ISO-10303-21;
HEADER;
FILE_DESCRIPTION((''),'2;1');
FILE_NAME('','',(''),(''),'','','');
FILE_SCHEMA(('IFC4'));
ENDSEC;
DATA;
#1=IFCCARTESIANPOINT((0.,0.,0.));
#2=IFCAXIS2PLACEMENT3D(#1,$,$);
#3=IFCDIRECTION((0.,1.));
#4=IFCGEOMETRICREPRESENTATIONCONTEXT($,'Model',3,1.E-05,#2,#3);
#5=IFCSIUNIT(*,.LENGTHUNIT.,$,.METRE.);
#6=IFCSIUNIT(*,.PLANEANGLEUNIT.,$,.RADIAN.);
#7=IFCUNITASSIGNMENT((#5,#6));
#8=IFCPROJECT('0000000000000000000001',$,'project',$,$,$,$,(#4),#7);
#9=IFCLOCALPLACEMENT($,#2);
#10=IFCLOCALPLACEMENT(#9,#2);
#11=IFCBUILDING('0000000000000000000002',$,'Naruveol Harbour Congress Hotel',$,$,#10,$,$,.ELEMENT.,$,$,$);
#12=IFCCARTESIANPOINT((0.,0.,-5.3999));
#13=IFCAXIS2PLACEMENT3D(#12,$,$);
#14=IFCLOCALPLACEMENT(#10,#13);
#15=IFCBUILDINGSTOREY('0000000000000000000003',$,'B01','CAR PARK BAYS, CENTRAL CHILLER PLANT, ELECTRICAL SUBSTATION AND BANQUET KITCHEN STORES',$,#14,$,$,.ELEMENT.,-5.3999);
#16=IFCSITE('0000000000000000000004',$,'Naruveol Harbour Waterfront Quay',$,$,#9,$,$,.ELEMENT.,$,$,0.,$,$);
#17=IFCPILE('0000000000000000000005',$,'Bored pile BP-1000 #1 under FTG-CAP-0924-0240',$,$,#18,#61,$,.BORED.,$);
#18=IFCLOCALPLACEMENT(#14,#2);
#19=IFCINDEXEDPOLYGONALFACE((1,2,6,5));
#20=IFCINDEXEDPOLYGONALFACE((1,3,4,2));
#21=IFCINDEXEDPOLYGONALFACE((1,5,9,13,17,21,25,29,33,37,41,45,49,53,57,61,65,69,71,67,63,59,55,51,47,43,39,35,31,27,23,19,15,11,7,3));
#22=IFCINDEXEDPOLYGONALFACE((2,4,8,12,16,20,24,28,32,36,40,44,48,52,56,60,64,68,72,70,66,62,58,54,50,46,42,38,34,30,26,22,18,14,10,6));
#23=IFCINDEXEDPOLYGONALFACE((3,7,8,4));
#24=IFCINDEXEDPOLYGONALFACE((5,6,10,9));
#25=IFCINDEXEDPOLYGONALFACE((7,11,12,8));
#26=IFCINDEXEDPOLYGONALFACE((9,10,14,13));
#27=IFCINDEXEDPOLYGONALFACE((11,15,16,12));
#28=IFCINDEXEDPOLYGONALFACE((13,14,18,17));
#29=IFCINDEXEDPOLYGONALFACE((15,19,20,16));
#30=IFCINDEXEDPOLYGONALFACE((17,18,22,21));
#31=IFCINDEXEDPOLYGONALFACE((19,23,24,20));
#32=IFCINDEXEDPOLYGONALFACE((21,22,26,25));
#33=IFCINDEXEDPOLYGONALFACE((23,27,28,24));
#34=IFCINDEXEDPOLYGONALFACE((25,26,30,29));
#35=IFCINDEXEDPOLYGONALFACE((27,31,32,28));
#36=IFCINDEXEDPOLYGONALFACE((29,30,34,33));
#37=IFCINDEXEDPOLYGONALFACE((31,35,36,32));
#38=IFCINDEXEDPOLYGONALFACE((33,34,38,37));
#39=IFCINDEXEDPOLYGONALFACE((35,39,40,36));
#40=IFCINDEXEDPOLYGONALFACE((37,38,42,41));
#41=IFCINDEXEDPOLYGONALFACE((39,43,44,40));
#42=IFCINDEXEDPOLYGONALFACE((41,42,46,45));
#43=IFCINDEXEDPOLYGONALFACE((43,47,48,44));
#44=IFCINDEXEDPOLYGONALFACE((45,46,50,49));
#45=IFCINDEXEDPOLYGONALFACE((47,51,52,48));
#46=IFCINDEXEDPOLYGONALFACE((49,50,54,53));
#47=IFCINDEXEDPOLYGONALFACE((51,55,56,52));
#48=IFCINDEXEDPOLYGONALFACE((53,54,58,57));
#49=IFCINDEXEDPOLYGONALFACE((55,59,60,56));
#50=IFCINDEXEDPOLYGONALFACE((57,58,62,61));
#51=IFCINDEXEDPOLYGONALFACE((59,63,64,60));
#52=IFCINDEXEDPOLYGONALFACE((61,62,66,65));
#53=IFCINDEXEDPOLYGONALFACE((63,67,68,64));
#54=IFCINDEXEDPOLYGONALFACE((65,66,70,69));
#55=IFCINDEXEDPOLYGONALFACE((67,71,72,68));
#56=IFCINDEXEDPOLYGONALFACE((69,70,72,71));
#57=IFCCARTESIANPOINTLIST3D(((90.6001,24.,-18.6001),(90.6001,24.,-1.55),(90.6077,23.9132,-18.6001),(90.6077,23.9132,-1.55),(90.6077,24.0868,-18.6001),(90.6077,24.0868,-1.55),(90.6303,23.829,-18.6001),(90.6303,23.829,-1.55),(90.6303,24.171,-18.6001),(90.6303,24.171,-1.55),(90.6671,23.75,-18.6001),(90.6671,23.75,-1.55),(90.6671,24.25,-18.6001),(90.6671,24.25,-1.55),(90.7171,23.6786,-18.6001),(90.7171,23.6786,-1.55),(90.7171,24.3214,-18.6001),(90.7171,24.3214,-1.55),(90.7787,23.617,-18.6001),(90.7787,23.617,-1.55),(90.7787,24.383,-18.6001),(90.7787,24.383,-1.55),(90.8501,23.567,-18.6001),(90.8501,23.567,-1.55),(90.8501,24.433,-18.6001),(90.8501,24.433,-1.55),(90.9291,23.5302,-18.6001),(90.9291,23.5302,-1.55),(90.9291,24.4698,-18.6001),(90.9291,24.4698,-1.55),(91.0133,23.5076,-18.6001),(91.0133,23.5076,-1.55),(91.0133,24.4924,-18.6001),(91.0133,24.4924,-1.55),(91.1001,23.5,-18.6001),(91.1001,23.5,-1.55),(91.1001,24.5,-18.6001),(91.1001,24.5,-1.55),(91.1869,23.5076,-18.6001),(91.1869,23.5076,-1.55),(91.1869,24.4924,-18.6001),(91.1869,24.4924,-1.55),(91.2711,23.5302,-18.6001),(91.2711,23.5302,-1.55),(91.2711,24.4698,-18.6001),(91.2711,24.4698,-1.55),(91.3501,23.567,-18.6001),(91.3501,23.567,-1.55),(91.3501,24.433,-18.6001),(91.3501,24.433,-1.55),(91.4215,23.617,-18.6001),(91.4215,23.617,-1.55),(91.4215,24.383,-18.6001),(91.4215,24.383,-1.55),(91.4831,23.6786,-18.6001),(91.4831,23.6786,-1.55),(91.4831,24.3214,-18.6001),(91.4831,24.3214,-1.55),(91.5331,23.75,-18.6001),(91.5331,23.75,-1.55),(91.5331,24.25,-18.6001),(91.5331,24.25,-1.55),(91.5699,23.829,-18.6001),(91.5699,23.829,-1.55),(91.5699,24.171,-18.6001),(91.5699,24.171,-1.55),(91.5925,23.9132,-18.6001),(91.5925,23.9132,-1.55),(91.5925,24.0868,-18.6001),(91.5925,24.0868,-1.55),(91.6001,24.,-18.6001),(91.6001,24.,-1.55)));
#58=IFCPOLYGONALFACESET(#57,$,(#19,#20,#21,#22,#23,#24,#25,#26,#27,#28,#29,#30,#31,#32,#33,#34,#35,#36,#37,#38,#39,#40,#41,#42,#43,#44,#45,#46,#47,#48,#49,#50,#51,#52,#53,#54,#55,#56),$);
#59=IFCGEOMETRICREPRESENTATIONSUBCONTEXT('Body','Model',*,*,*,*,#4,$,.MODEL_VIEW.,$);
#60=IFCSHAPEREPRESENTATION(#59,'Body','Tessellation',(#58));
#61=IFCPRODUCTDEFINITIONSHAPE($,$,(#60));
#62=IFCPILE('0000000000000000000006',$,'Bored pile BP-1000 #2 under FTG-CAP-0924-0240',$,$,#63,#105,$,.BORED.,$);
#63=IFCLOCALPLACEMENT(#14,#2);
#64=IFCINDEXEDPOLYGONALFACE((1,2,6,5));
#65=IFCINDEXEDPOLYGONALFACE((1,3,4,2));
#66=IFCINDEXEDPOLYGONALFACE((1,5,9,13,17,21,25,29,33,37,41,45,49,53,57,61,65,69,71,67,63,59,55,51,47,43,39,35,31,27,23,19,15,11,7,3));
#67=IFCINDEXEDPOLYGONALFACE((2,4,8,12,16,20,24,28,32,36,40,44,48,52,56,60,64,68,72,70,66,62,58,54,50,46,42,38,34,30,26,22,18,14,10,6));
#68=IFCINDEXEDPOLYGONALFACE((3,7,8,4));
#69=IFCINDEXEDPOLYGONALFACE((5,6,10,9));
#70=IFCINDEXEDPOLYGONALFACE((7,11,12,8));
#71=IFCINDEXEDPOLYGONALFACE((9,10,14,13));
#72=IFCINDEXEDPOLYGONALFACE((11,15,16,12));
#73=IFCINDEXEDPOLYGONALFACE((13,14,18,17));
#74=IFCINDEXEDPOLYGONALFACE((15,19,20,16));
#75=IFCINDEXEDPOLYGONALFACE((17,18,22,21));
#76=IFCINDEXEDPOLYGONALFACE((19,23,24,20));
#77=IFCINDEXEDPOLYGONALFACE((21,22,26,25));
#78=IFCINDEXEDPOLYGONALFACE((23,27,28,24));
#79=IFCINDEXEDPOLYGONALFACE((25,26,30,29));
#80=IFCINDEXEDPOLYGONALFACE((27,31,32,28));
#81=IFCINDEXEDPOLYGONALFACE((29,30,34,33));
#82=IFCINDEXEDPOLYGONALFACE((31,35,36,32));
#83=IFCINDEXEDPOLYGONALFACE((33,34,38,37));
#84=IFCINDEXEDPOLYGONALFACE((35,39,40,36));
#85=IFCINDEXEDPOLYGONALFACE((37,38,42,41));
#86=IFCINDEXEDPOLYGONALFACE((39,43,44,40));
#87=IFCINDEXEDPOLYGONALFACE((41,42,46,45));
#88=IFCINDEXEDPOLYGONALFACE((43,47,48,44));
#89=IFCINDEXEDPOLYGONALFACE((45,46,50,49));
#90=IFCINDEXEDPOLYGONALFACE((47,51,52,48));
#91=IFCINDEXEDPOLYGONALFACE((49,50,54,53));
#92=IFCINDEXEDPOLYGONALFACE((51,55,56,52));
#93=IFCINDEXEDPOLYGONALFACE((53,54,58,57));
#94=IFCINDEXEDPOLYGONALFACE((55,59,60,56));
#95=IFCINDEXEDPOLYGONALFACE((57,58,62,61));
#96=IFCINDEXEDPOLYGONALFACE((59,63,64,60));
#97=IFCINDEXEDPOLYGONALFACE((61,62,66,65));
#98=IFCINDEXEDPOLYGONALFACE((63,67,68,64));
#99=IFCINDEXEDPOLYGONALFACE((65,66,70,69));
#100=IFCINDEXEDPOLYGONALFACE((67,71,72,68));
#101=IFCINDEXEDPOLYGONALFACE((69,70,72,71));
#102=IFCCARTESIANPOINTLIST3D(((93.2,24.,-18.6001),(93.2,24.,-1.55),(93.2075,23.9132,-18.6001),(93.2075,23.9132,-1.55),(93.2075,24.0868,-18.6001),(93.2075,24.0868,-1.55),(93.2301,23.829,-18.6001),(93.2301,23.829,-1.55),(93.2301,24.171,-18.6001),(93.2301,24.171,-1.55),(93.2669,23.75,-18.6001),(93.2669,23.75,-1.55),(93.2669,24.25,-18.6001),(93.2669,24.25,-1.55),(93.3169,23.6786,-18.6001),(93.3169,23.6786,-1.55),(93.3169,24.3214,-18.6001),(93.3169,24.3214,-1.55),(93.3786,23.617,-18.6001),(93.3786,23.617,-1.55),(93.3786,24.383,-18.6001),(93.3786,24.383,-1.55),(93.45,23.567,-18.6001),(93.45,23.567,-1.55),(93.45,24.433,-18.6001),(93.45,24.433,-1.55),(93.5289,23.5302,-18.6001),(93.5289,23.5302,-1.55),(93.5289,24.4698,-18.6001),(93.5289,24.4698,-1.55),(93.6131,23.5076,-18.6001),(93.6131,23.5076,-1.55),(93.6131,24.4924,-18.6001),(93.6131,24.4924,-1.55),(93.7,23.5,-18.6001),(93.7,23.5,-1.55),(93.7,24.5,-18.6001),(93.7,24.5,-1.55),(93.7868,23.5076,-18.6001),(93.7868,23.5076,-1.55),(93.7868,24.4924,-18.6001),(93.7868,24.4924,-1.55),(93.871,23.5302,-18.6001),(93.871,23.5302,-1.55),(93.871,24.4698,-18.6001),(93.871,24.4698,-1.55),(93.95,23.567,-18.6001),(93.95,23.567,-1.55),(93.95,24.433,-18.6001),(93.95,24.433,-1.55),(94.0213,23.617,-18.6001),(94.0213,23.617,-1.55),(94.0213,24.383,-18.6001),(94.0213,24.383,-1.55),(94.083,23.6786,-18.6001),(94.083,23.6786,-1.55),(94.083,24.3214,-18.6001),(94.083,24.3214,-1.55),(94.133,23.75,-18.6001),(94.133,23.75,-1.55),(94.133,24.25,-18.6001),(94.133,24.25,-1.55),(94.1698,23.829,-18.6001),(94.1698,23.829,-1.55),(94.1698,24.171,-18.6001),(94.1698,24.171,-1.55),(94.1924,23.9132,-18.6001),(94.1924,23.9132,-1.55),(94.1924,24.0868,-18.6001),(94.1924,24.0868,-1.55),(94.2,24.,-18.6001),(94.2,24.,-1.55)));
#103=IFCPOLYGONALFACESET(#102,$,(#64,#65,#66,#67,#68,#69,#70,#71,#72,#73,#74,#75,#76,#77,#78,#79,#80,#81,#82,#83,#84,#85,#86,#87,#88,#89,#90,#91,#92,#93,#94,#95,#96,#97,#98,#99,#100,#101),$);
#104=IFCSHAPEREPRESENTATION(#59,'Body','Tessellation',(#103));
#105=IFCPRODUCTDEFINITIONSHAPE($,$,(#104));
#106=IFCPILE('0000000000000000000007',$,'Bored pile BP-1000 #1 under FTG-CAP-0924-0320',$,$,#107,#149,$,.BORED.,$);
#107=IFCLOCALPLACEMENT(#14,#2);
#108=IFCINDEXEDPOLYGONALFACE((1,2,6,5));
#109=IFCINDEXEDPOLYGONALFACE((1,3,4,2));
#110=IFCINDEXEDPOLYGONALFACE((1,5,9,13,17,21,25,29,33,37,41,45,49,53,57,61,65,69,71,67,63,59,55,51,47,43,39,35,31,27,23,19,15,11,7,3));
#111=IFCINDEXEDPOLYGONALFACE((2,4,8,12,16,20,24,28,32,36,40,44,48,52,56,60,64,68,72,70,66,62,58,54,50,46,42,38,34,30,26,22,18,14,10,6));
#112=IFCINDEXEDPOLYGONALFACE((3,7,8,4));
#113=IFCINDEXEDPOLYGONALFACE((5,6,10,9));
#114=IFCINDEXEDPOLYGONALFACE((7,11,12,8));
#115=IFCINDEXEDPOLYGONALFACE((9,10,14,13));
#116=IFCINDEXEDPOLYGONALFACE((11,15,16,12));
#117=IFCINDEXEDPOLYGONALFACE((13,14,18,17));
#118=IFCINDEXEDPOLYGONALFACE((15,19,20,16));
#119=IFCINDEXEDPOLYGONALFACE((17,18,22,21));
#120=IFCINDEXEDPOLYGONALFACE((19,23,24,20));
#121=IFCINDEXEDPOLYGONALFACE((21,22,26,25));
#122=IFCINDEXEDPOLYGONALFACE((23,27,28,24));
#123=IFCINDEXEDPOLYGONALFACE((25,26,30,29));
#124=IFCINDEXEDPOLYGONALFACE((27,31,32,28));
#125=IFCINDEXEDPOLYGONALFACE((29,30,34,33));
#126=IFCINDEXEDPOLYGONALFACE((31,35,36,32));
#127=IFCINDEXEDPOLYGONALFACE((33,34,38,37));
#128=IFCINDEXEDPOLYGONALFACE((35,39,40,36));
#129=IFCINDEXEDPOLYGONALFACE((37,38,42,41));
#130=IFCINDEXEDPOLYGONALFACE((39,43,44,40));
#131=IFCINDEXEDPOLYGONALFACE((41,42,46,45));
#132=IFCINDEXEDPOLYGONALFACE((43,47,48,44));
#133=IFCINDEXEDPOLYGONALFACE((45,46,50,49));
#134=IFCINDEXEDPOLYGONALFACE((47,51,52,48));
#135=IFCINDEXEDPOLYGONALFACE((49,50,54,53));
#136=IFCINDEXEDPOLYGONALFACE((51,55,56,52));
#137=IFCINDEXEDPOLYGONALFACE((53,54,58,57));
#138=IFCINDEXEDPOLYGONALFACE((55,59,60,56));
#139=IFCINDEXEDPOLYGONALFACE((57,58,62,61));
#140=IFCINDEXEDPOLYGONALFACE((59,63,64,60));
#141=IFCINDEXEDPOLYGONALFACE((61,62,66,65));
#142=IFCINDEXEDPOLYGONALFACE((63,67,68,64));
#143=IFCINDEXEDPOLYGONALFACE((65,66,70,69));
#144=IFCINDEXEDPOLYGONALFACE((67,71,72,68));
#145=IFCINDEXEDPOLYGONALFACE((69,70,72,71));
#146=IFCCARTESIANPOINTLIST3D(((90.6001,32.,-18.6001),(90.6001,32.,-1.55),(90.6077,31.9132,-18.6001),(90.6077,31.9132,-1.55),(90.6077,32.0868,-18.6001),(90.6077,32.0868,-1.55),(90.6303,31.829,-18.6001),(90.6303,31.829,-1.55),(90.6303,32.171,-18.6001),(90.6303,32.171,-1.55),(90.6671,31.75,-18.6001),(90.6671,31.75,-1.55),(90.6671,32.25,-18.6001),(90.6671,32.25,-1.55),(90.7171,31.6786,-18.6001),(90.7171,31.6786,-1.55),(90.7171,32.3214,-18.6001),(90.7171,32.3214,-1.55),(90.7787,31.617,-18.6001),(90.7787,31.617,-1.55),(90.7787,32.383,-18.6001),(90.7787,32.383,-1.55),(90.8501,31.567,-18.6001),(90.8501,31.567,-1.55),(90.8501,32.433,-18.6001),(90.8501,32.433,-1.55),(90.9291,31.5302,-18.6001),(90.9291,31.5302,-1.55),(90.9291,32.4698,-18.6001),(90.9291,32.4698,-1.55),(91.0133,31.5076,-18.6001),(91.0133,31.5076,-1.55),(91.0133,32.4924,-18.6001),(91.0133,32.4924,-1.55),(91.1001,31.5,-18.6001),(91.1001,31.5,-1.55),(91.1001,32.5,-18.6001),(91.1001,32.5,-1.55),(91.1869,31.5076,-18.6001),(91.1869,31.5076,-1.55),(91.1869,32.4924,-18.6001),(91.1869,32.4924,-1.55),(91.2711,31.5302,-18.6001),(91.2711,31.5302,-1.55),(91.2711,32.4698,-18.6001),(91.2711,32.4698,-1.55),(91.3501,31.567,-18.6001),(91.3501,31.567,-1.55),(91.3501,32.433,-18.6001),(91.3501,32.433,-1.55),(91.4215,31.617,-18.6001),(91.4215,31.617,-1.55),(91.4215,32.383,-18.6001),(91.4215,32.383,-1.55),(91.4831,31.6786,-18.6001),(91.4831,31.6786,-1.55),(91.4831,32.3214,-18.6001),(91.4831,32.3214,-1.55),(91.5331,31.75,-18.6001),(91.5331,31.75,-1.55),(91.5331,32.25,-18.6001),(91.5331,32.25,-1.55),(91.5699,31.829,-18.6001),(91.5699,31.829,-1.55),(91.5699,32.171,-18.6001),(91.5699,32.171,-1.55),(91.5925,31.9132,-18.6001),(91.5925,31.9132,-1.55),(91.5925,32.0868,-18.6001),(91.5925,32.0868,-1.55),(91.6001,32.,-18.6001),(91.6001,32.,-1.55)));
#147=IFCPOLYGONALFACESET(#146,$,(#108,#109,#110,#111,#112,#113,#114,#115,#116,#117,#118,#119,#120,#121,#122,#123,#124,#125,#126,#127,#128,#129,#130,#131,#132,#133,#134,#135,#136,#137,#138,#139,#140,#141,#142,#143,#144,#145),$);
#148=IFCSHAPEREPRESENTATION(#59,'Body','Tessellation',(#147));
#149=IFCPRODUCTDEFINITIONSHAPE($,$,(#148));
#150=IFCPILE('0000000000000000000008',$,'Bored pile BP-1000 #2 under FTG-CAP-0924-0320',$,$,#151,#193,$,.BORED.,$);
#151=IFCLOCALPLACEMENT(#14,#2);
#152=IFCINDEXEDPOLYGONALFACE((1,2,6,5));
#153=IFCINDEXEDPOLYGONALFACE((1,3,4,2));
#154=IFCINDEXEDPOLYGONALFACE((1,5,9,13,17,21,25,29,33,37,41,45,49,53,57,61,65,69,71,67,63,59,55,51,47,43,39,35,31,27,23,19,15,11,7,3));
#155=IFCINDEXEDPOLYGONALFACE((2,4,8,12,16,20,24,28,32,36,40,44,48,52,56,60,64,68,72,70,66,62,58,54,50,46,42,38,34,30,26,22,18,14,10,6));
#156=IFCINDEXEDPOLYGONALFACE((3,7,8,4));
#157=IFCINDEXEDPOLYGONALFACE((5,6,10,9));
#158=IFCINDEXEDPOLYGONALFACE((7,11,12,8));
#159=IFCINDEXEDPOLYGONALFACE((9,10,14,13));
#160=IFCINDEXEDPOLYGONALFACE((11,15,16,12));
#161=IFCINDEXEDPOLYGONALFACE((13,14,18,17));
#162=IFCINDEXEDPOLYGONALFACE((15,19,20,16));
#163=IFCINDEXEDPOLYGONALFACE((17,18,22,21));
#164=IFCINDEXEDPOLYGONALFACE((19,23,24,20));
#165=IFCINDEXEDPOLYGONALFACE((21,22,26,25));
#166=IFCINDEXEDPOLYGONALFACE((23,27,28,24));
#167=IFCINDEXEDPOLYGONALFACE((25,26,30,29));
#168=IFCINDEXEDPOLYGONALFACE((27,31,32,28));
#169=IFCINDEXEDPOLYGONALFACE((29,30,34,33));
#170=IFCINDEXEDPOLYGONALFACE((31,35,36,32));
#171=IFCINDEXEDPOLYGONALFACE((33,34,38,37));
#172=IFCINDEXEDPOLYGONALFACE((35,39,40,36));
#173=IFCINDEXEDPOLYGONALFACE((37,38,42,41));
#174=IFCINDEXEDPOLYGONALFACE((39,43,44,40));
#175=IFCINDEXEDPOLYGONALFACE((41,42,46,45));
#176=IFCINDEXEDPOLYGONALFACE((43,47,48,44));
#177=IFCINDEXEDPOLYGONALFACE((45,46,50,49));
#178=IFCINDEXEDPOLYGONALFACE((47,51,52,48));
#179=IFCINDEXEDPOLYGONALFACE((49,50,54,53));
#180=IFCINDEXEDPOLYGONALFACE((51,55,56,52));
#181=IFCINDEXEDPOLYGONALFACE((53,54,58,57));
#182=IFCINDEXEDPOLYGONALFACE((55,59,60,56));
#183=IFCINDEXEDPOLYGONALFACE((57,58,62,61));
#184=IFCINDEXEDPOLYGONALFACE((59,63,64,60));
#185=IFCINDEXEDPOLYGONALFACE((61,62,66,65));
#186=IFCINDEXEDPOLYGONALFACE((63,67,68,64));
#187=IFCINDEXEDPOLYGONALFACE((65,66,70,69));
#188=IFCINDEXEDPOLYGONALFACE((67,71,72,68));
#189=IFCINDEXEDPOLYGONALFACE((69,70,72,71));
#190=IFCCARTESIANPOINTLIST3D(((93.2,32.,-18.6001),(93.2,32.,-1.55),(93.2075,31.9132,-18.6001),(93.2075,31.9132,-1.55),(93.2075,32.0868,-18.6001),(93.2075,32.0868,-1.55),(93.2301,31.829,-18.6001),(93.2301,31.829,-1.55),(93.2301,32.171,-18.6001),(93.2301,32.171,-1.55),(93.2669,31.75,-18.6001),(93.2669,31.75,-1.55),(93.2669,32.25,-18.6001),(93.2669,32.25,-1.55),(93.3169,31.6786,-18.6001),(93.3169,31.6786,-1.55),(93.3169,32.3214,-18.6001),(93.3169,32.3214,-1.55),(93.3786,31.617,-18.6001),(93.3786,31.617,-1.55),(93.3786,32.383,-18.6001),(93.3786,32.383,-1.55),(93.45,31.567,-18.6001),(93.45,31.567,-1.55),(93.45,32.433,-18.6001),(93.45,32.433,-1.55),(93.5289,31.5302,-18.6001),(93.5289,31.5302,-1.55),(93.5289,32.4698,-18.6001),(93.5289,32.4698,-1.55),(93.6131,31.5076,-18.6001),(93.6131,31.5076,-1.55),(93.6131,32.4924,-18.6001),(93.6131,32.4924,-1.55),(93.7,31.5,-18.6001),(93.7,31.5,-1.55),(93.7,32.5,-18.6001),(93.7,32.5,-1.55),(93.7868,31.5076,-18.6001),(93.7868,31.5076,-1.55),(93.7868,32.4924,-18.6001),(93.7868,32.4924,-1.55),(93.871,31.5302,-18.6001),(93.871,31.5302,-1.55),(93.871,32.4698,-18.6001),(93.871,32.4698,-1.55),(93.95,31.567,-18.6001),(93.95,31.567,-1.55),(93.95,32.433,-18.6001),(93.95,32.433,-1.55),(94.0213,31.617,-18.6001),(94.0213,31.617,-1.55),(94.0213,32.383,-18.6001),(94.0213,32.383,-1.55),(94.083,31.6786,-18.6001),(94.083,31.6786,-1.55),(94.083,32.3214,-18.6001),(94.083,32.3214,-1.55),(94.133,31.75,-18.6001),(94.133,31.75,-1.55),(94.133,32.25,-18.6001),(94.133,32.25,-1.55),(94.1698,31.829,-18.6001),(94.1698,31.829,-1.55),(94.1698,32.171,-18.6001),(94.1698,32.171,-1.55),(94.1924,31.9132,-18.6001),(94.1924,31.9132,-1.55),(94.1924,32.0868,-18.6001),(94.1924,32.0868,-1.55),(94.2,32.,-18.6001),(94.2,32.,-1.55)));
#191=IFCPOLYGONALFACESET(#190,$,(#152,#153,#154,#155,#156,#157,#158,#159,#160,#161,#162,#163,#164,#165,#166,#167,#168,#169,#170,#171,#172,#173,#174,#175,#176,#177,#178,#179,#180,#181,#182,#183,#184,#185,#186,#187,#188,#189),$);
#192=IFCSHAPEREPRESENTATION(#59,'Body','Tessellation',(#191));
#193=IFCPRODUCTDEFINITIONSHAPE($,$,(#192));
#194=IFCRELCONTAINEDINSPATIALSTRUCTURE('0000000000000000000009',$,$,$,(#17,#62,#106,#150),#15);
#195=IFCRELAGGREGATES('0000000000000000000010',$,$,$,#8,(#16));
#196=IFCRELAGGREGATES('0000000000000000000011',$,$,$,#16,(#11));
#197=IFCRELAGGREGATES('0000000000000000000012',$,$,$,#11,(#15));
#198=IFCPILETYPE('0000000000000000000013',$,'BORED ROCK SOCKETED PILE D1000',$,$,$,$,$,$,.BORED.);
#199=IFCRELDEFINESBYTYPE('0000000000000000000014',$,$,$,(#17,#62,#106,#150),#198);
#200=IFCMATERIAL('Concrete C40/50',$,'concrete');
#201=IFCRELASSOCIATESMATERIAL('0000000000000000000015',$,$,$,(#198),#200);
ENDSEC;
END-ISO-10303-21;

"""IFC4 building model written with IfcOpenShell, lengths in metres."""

from ifc_helpers import new_model, si_unit, direction, frame, origin, origin_2d, place, context, subcontext, project, spatial, circle, extrude, material, material_profile, profile_set, type_object, element, save


model = new_model("IFC4")

# Units and contexts
model_context = context("Model", 3, precision=1e-05, world=origin(), true_north=direction((0.0, 1.0)))
body_context = subcontext(model_context, "Body", "Model", "MODEL_VIEW")
ifc_project = project(units=[si_unit("LENGTHUNIT", "METRE"), si_unit("PLANEANGLEUNIT", "RADIAN")], contexts=[model_context])

# Site, building, storey
site_placement = place(None, origin())
site = spatial("IfcSite", under=ifc_project, at=site_placement, Name="Naruveol Harbour Waterfront Quay", CompositionType="ELEMENT", RefElevation=0.0)
building_placement = place(site_placement, origin())
building = spatial("IfcBuilding", under=site, at=building_placement, Name="Naruveol Harbour Congress Hotel", CompositionType="ELEMENT")
storey_placement = place(building_placement, frame((0.0, 0.0, -5.3999)))
storey = spatial("IfcBuildingStorey", under=building, at=storey_placement, Name="B01", Description="CAR PARK BAYS, CENTRAL CHILLER PLANT, ELECTRICAL SUBSTATION AND BANQUET KITCHEN STORES", CompositionType="ELEMENT", Elevation=-5.3999)

# Piles
ifc_material_1 = material(Name="Concrete C40/50", Category="concrete")
ifc_material_profile_1 = material_profile(ifc_material_1, circle(Radius=0.5, at=origin_2d()), Name="BP-1000")
ifc_profile_set_1 = profile_set([ifc_material_profile_1], Name="Concrete C40/50")
pile_type = type_object("IfcPileType", Name="BORED ROCK SOCKETED PILE D1000", PredefinedType="BORED", material=ifc_profile_set_1)
for number, where, z_axis, x_axis, name in (
    (1, (91.1001, 24.0, -1.55), (0.0, 0.0, -1.0), (1.0, 0.0, 0.0), "Bored pile BP-1000 #1 under FTG-CAP-0924-0240"),
    (2, (93.7, 24.0, -1.55), (0.0, 0.0, -1.0), (1.0, 0.0, 0.0), "Bored pile BP-1000 #2 under FTG-CAP-0924-0240"),
    (3, (91.1001, 32.0, -1.55), (0.0, 0.0, -1.0), (1.0, 0.0, 0.0), "Bored pile BP-1000 #1 under FTG-CAP-0924-0320"),
    (4, (93.7, 32.0, -1.55), (0.0, 0.0, -1.0), (1.0, 0.0, 0.0), "Bored pile BP-1000 #2 under FTG-CAP-0924-0320"),
):
    element("IfcPile", number, at=place(storey_placement, frame(where, z_axis=z_axis, x_axis=x_axis)), inside=storey, type_object=pile_type, Name=name, PredefinedType="BORED", context=body_context, shape_type="SweptSolid", body=[
        extrude(circle(Radius=0.5, at=origin_2d()), origin(), (0.0, 0.0, 1.0), 17.05),
    ])

save(model, "model.ifc")
